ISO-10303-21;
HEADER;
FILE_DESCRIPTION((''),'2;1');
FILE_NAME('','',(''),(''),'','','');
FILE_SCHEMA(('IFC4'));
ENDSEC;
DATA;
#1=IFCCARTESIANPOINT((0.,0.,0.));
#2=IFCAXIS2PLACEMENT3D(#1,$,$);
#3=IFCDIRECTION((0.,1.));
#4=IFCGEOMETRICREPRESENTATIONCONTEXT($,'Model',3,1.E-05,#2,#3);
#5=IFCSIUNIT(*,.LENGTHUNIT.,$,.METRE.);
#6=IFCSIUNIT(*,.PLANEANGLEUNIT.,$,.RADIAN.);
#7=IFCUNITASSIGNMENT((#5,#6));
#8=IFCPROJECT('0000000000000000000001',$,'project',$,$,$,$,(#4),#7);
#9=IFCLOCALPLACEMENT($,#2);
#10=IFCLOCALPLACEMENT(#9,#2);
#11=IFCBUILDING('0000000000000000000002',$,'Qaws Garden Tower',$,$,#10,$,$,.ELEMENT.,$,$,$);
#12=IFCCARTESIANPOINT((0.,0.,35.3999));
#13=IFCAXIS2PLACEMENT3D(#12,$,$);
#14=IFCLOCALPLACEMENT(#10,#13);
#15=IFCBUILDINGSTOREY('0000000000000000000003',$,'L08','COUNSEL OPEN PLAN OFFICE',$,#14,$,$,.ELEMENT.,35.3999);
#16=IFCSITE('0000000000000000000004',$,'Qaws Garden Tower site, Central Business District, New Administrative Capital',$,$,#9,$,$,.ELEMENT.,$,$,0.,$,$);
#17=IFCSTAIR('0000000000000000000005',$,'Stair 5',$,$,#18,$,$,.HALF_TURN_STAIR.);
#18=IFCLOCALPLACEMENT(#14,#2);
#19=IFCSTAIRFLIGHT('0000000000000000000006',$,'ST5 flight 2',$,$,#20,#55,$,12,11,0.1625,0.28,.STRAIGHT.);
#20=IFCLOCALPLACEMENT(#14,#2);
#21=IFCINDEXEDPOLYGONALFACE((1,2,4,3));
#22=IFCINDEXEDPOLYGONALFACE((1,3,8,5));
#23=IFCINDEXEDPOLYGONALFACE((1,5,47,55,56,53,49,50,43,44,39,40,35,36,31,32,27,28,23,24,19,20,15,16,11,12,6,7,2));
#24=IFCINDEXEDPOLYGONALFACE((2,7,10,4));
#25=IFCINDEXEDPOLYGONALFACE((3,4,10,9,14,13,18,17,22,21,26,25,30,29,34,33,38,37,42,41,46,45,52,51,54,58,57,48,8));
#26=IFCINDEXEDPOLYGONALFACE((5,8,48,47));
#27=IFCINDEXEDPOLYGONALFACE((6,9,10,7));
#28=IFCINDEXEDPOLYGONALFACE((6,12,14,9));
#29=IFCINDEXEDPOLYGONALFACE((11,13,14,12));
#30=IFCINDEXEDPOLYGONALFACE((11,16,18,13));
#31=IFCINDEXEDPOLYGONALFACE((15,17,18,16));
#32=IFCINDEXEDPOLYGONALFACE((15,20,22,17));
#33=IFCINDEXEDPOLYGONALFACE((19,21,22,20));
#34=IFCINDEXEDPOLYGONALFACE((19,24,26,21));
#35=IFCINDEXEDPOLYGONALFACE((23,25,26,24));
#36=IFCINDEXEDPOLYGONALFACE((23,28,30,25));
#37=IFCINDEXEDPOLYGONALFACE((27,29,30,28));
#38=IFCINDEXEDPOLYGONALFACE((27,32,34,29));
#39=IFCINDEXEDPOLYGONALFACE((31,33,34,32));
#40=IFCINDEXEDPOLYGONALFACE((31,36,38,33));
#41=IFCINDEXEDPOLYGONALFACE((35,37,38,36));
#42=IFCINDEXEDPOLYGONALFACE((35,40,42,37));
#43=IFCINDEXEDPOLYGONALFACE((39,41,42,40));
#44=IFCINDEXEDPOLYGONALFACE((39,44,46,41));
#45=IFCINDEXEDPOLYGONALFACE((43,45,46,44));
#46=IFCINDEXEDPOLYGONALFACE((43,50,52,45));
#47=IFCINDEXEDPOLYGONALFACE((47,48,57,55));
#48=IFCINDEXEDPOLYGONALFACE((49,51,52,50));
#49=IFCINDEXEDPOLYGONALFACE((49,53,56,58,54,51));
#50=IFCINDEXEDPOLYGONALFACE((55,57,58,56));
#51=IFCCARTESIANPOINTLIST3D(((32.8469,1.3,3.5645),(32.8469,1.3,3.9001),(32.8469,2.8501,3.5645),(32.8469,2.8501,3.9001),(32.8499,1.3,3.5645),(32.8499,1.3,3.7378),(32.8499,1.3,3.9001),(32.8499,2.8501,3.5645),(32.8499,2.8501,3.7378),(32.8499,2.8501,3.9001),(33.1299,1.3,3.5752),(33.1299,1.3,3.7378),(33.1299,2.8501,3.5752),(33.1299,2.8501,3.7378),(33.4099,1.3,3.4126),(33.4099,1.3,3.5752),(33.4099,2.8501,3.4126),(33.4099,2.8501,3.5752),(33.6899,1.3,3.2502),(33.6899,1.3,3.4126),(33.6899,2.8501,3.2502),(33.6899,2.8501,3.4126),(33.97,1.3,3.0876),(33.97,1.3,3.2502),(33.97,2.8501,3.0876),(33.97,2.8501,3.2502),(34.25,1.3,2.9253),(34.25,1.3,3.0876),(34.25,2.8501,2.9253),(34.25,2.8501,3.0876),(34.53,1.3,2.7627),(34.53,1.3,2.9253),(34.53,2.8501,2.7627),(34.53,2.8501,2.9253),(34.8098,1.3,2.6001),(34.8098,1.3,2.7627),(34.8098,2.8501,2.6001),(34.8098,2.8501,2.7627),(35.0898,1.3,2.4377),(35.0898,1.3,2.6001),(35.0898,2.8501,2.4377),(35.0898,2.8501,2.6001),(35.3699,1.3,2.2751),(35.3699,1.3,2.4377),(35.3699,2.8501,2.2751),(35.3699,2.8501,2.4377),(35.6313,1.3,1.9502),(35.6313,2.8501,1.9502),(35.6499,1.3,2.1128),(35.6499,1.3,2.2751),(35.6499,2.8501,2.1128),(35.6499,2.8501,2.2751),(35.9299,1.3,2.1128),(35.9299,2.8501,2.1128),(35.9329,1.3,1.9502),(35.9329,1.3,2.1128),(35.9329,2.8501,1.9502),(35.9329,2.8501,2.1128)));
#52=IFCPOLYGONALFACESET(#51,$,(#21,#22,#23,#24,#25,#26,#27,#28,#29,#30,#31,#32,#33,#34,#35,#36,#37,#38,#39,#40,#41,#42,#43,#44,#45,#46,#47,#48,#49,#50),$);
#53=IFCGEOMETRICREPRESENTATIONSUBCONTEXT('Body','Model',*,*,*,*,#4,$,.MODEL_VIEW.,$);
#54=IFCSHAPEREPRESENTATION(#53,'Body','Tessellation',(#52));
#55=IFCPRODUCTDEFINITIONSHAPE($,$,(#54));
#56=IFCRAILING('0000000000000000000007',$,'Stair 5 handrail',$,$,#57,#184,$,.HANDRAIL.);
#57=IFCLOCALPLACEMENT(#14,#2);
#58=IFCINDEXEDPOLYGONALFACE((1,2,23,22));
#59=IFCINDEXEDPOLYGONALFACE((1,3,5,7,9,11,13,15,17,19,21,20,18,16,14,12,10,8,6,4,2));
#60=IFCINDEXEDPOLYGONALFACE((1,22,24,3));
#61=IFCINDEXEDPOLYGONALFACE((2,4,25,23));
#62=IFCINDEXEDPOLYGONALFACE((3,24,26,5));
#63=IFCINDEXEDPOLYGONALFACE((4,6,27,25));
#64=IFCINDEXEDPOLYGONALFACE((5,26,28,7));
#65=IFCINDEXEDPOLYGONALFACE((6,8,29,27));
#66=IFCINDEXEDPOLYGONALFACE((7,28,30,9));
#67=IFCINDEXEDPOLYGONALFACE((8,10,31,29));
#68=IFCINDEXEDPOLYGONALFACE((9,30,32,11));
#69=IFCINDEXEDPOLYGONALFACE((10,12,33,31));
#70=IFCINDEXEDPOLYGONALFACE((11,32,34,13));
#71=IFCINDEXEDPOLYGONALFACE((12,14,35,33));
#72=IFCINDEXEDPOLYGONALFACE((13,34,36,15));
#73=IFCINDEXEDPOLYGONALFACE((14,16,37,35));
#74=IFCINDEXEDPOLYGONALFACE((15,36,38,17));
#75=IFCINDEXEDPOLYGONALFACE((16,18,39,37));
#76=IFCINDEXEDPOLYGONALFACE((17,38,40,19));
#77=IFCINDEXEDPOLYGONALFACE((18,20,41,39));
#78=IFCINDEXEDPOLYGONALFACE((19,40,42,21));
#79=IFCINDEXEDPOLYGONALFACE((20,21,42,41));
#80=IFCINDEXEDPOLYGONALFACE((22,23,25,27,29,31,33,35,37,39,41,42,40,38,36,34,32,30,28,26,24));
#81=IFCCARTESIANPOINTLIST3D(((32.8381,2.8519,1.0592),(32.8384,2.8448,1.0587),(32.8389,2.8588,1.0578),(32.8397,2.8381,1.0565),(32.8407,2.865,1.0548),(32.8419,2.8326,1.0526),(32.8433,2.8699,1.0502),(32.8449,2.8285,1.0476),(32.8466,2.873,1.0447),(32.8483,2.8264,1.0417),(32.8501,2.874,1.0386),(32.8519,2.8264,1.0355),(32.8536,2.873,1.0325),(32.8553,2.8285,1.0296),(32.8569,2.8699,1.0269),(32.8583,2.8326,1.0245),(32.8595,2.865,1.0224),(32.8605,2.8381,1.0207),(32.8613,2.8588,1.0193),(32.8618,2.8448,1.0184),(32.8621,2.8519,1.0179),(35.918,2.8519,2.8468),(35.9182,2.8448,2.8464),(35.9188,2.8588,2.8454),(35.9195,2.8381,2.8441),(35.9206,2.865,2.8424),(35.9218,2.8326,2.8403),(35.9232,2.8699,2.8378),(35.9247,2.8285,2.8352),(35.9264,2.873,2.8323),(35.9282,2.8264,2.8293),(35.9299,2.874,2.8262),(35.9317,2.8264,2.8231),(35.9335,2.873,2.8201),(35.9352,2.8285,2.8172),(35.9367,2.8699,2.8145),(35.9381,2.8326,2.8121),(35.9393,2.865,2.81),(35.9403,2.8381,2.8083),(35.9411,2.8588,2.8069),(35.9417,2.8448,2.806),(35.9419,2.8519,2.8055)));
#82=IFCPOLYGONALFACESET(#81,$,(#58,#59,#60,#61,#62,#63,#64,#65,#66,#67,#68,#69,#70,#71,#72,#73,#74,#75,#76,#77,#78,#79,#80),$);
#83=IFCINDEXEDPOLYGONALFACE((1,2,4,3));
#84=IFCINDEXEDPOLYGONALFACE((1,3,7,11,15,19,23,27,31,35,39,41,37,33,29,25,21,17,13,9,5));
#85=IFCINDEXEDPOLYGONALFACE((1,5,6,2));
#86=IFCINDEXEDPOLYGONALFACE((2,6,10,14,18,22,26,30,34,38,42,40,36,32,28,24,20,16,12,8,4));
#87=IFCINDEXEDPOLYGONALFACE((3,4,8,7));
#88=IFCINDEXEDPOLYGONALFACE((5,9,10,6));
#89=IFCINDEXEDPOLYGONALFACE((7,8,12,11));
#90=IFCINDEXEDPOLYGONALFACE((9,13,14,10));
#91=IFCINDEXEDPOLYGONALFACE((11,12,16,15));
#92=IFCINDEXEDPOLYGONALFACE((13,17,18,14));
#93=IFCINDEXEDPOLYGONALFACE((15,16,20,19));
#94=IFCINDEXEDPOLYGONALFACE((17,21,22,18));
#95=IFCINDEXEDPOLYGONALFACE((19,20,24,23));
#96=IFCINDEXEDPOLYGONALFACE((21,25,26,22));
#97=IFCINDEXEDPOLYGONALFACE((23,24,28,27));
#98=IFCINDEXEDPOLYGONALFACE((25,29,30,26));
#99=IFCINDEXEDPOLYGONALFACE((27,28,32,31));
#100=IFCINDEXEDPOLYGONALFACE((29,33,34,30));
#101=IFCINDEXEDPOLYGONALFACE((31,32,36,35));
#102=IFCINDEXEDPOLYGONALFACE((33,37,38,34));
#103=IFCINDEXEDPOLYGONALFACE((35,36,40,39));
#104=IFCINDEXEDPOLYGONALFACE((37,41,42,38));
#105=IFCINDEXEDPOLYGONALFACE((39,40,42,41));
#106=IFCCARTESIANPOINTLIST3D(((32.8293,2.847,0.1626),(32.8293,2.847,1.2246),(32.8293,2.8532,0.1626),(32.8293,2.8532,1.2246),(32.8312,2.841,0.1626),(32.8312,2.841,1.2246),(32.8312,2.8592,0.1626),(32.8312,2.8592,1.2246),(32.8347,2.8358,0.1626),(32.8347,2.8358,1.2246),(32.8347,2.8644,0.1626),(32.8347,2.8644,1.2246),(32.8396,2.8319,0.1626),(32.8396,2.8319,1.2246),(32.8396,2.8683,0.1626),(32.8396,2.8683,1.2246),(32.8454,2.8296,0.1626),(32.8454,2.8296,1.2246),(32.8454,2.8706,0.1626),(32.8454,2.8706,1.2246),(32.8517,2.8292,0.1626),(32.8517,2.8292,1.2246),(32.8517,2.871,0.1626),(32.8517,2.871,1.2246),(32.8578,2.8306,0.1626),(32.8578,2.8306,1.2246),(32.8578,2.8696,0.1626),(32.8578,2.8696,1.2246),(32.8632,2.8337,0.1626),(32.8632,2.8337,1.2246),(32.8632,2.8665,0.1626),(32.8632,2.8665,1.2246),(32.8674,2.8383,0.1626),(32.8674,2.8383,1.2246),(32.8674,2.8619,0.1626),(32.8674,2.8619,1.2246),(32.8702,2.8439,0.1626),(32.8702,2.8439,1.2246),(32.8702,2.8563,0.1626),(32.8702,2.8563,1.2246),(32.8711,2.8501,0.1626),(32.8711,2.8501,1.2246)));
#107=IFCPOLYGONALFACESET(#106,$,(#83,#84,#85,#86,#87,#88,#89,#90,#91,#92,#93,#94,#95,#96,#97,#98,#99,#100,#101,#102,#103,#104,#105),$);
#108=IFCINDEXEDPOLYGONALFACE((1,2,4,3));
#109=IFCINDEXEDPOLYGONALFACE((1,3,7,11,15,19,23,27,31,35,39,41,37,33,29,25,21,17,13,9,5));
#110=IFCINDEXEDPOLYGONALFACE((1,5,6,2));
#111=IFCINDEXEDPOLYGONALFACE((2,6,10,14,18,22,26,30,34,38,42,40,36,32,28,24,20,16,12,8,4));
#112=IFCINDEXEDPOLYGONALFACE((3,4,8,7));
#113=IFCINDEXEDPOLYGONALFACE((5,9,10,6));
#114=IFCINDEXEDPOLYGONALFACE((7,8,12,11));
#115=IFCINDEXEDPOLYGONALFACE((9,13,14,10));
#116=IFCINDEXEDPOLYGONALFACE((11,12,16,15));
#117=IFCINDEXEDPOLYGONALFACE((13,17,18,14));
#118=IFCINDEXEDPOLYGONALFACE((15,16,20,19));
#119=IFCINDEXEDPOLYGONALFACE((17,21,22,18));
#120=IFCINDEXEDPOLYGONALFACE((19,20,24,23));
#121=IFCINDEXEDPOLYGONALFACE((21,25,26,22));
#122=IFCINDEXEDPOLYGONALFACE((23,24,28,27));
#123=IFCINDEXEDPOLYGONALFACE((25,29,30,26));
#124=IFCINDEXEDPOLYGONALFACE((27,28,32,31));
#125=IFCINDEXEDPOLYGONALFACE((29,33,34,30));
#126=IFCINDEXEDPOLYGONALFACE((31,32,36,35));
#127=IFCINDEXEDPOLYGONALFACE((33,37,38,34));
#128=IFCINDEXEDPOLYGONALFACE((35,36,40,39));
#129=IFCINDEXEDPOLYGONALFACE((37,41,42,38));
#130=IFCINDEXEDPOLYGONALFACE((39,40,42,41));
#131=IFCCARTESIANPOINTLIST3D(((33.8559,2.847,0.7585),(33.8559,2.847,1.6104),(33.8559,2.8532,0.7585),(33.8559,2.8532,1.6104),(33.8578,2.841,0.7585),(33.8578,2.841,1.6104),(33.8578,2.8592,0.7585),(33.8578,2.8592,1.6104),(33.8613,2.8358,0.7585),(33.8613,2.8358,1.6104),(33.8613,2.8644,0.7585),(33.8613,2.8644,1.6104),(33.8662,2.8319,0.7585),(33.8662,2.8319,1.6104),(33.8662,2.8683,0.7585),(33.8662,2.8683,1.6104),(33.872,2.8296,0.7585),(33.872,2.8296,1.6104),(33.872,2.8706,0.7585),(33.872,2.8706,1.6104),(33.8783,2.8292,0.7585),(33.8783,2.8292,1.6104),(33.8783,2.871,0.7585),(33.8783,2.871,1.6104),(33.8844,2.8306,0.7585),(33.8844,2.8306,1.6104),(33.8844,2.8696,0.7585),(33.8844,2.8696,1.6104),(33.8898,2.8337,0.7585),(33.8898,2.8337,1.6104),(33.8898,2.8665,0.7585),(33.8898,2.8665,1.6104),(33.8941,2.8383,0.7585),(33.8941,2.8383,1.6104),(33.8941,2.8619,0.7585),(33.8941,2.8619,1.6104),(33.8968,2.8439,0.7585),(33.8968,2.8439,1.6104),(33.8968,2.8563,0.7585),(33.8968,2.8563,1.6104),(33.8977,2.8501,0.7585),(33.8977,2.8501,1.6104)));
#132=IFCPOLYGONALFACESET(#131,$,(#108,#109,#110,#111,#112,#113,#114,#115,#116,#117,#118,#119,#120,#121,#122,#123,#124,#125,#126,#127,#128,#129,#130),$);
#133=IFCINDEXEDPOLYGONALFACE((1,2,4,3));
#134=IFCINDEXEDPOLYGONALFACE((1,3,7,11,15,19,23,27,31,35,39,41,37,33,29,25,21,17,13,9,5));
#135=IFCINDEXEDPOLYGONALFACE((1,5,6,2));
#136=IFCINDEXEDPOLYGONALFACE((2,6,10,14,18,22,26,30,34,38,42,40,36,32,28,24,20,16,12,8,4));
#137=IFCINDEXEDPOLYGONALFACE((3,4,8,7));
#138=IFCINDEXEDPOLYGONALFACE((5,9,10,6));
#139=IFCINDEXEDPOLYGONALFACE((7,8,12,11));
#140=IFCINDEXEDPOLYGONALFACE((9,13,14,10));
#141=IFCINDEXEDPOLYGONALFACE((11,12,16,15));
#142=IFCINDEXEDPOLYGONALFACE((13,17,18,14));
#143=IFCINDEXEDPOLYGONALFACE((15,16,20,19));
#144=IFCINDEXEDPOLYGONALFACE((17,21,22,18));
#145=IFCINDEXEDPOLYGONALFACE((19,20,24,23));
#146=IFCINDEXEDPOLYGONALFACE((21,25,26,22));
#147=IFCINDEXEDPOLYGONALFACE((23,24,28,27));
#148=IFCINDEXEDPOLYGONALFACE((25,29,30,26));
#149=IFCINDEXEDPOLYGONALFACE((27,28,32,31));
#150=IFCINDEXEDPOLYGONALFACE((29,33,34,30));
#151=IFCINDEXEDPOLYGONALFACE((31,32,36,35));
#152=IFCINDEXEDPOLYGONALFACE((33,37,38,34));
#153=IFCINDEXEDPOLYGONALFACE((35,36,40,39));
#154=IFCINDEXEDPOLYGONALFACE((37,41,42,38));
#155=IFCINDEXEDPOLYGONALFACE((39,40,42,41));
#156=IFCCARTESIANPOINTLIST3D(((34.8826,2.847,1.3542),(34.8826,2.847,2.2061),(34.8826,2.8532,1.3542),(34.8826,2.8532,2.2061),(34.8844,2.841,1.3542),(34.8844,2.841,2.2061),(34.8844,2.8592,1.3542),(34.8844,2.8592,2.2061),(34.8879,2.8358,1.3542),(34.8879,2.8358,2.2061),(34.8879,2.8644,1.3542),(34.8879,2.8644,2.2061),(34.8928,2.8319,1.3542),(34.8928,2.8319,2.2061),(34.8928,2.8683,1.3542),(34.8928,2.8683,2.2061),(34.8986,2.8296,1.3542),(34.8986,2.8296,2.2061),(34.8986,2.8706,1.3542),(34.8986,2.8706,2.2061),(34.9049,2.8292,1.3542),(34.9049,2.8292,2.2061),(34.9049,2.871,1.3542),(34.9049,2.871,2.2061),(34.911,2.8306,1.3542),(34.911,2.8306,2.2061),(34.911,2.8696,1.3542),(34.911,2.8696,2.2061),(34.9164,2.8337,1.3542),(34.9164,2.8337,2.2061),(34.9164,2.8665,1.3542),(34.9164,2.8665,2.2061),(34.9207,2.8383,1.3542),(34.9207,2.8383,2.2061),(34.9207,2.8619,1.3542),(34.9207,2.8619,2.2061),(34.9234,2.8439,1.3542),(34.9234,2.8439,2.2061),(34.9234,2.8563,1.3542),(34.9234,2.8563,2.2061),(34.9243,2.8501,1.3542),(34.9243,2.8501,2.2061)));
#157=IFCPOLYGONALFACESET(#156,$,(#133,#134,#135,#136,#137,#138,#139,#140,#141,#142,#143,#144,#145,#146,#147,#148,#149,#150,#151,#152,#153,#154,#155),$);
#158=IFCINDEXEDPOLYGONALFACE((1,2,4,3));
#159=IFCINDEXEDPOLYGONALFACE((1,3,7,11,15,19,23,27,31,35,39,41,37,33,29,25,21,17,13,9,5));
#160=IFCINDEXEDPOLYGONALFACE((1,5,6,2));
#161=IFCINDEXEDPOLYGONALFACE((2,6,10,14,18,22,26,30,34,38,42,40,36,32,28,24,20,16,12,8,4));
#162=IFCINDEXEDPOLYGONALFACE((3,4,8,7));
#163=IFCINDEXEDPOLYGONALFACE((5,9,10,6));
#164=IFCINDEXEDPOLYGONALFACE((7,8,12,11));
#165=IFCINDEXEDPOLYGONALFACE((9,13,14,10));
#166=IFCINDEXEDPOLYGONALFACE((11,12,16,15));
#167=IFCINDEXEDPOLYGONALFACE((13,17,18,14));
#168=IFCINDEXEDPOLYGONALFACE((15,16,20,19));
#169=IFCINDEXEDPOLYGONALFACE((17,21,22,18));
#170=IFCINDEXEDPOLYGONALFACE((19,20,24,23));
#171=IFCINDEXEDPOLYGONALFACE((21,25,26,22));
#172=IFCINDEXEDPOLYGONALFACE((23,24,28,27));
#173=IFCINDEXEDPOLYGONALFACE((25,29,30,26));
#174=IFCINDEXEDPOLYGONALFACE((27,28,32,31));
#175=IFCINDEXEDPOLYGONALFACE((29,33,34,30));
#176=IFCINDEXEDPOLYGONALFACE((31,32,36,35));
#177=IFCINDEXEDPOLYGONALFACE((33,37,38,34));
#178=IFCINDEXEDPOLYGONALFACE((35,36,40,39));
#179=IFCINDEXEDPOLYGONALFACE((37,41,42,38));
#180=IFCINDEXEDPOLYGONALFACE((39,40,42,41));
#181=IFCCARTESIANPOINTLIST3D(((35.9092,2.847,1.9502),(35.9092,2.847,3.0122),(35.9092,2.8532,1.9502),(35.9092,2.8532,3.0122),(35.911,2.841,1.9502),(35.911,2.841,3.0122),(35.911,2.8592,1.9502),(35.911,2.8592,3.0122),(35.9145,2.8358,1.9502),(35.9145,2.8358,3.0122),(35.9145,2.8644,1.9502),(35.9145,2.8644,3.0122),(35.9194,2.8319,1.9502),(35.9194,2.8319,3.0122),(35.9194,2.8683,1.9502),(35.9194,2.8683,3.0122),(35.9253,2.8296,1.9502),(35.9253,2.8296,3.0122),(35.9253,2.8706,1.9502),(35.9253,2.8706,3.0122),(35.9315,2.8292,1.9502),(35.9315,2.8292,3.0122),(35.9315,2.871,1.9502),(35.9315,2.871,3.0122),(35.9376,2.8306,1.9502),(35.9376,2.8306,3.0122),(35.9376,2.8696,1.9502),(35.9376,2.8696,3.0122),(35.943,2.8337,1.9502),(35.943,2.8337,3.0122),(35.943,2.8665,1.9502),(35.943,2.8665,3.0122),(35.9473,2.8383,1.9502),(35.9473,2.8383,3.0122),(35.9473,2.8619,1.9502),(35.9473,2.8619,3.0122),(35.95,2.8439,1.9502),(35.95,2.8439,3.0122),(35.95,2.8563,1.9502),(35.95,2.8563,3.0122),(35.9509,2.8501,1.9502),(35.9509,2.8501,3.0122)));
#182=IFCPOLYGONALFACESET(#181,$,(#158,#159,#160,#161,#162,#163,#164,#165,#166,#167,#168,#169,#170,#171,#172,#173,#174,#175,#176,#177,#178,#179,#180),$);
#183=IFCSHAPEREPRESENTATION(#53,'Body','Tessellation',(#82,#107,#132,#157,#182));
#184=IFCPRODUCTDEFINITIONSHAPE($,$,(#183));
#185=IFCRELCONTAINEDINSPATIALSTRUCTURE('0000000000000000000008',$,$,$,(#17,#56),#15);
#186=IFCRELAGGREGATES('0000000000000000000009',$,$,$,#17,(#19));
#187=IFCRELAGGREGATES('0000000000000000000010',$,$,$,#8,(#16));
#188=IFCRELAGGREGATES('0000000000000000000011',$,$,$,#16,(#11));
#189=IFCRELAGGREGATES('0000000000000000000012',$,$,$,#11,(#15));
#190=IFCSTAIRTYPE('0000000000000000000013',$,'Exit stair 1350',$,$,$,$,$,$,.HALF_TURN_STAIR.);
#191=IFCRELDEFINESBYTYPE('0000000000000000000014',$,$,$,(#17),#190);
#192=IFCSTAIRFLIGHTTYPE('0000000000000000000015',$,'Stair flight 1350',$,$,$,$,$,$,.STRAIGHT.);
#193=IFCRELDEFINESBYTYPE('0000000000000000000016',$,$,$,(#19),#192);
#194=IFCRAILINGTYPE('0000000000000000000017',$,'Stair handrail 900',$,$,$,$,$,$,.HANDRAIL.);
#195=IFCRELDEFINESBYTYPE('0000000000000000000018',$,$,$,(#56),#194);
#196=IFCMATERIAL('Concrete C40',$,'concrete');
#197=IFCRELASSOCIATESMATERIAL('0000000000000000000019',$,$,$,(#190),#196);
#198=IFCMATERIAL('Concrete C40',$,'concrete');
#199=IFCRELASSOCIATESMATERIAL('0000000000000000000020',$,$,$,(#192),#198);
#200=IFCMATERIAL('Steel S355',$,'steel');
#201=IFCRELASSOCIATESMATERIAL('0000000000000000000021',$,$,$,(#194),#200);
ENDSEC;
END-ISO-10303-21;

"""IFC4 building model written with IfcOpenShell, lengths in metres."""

from ifc_helpers import new_model, si_unit, direction, frame, origin, origin_2d, place, context, subcontext, project, spatial, polyline, circle, outline, extrude, material, type_object, element, aggregate, save


model = new_model("IFC4")

# Units and contexts
model_context = context("Model", 3, precision=1e-05, world=origin(), true_north=direction((0.0, 1.0)))
body_context = subcontext(model_context, "Body", "Model", "MODEL_VIEW")
ifc_project = project(units=[si_unit("LENGTHUNIT", "METRE"), si_unit("PLANEANGLEUNIT", "RADIAN")], contexts=[model_context])

# Site, building, storey
site_placement = place(None, origin())
site = spatial("IfcSite", under=ifc_project, at=site_placement, Name="Qaws Garden Tower site, Central Business District, New Administrative Capital", CompositionType="ELEMENT", RefElevation=0.0)
building_placement = place(site_placement, origin())
building = spatial("IfcBuilding", under=site, at=building_placement, Name="Qaws Garden Tower", CompositionType="ELEMENT")
storey_placement = place(building_placement, frame((0.0, 0.0, 35.3999)))
storey = spatial("IfcBuildingStorey", under=building, at=storey_placement, Name="L08", Description="COUNSEL OPEN PLAN OFFICE", CompositionType="ELEMENT", Elevation=35.3999)

# Stair, stair flight
ifc_material_1 = material(Name="Concrete C40", Category="concrete")
stair_type = type_object("IfcStairType", Name="Exit stair 1350", PredefinedType="HALF_TURN_STAIR", material=ifc_material_1)
stair_placement = place(storey_placement, origin())
stair = element("IfcStair", 1, at=stair_placement, inside=storey, type_object=stair_type, Name="Stair 5", PredefinedType="HALF_TURN_STAIR")
ifc_material_2 = material(Name="Concrete C40", Category="concrete")
stair_flight_type = type_object("IfcStairFlightType", Name="Stair flight 1350", PredefinedType="STRAIGHT", material=ifc_material_2)
stair_flight_1_placement = place(storey_placement, frame((35.9299, 2.075, 1.9502), z_axis=(0.0, 0.0, 1.0), x_axis=(-1.0, 0.0, 0.0)))
stair_flight_1 = element("IfcStairFlight", 2, at=stair_flight_1_placement, type_object=stair_flight_type, Name="ST5 flight 2", NumberOfRisers=12, NumberOfTreads=11, PredefinedType="STRAIGHT", RiserHeight=0.1625, TreadLength=0.28, context=body_context, shape_type="SweptSolid", body=[
    extrude(outline(polyline([(-0.0029, 0.0), (-0.0029, 0.1626), (0.0, 0.1626), (0.28, 0.1626), (0.28, 0.325), (0.5601, 0.325), (0.5601, 0.4875), (0.8401, 0.4875), (0.8401, 0.6499), (1.1201, 0.6499), (1.1201, 0.8125), (1.3999, 0.8125), (1.3999, 0.9751), (1.6799, 0.9751), (1.6799, 1.1375), (1.96, 1.1375), (1.96, 1.3), (2.24, 1.3), (2.24, 1.4624), (2.52, 1.4624), (2.52, 1.625), (2.8, 1.625), (2.8, 1.7876), (3.0801, 1.7876), (3.0801, 1.95), (3.083, 1.95), (3.083, 1.6143), (3.0801, 1.6143), (0.2986, 0.0), (-0.0029, 0.0)])), frame((0.0, 0.7749, 0.0), z_axis=(0.0, -1.0, 0.0), x_axis=(1.0, 0.0, 0.0)), (0.0, 0.0, 1.0), 1.55),
])
aggregate(stair, [stair_flight_1])

# Railing
ifc_material_3 = material(Name="Steel S355", Category="steel")
railing_type = type_object("IfcRailingType", Name="Stair handrail 900", PredefinedType="HANDRAIL", material=ifc_material_3)
railing_1_placement = place(storey_placement, frame((32.8501, 2.8501, 0.1626)))
element("IfcRailing", 3, at=railing_1_placement, inside=storey, type_object=railing_type, Name="Stair 5 handrail", PredefinedType="HANDRAIL", context=body_context, shape_type="SweptSolid", body=[
    extrude(circle(Radius=0.0239, at=origin_2d()), frame((0.0, 0.0, 0.876), z_axis=(0.864873, 0.0, 0.50199), x_axis=(0.0, 1.0, 0.0)), (0.0, 0.0, 1.0), 3.561),
    extrude(circle(Radius=0.021, at=origin_2d()), origin(), (0.0, 0.0, 1.0), 1.062),
    extrude(circle(Radius=0.021, at=origin_2d()), frame((1.0266, 0.0, 0.5959)), (0.0, 0.0, 1.0), 0.8518),
    extrude(circle(Radius=0.021, at=origin_2d()), frame((2.0532, 0.0, 1.1917)), (0.0, 0.0, 1.0), 0.8518),
    extrude(circle(Radius=0.021, at=origin_2d()), frame((3.0798, 0.0, 1.7876)), (0.0, 0.0, 1.0), 1.062),
])

save(model, "model.ifc")
